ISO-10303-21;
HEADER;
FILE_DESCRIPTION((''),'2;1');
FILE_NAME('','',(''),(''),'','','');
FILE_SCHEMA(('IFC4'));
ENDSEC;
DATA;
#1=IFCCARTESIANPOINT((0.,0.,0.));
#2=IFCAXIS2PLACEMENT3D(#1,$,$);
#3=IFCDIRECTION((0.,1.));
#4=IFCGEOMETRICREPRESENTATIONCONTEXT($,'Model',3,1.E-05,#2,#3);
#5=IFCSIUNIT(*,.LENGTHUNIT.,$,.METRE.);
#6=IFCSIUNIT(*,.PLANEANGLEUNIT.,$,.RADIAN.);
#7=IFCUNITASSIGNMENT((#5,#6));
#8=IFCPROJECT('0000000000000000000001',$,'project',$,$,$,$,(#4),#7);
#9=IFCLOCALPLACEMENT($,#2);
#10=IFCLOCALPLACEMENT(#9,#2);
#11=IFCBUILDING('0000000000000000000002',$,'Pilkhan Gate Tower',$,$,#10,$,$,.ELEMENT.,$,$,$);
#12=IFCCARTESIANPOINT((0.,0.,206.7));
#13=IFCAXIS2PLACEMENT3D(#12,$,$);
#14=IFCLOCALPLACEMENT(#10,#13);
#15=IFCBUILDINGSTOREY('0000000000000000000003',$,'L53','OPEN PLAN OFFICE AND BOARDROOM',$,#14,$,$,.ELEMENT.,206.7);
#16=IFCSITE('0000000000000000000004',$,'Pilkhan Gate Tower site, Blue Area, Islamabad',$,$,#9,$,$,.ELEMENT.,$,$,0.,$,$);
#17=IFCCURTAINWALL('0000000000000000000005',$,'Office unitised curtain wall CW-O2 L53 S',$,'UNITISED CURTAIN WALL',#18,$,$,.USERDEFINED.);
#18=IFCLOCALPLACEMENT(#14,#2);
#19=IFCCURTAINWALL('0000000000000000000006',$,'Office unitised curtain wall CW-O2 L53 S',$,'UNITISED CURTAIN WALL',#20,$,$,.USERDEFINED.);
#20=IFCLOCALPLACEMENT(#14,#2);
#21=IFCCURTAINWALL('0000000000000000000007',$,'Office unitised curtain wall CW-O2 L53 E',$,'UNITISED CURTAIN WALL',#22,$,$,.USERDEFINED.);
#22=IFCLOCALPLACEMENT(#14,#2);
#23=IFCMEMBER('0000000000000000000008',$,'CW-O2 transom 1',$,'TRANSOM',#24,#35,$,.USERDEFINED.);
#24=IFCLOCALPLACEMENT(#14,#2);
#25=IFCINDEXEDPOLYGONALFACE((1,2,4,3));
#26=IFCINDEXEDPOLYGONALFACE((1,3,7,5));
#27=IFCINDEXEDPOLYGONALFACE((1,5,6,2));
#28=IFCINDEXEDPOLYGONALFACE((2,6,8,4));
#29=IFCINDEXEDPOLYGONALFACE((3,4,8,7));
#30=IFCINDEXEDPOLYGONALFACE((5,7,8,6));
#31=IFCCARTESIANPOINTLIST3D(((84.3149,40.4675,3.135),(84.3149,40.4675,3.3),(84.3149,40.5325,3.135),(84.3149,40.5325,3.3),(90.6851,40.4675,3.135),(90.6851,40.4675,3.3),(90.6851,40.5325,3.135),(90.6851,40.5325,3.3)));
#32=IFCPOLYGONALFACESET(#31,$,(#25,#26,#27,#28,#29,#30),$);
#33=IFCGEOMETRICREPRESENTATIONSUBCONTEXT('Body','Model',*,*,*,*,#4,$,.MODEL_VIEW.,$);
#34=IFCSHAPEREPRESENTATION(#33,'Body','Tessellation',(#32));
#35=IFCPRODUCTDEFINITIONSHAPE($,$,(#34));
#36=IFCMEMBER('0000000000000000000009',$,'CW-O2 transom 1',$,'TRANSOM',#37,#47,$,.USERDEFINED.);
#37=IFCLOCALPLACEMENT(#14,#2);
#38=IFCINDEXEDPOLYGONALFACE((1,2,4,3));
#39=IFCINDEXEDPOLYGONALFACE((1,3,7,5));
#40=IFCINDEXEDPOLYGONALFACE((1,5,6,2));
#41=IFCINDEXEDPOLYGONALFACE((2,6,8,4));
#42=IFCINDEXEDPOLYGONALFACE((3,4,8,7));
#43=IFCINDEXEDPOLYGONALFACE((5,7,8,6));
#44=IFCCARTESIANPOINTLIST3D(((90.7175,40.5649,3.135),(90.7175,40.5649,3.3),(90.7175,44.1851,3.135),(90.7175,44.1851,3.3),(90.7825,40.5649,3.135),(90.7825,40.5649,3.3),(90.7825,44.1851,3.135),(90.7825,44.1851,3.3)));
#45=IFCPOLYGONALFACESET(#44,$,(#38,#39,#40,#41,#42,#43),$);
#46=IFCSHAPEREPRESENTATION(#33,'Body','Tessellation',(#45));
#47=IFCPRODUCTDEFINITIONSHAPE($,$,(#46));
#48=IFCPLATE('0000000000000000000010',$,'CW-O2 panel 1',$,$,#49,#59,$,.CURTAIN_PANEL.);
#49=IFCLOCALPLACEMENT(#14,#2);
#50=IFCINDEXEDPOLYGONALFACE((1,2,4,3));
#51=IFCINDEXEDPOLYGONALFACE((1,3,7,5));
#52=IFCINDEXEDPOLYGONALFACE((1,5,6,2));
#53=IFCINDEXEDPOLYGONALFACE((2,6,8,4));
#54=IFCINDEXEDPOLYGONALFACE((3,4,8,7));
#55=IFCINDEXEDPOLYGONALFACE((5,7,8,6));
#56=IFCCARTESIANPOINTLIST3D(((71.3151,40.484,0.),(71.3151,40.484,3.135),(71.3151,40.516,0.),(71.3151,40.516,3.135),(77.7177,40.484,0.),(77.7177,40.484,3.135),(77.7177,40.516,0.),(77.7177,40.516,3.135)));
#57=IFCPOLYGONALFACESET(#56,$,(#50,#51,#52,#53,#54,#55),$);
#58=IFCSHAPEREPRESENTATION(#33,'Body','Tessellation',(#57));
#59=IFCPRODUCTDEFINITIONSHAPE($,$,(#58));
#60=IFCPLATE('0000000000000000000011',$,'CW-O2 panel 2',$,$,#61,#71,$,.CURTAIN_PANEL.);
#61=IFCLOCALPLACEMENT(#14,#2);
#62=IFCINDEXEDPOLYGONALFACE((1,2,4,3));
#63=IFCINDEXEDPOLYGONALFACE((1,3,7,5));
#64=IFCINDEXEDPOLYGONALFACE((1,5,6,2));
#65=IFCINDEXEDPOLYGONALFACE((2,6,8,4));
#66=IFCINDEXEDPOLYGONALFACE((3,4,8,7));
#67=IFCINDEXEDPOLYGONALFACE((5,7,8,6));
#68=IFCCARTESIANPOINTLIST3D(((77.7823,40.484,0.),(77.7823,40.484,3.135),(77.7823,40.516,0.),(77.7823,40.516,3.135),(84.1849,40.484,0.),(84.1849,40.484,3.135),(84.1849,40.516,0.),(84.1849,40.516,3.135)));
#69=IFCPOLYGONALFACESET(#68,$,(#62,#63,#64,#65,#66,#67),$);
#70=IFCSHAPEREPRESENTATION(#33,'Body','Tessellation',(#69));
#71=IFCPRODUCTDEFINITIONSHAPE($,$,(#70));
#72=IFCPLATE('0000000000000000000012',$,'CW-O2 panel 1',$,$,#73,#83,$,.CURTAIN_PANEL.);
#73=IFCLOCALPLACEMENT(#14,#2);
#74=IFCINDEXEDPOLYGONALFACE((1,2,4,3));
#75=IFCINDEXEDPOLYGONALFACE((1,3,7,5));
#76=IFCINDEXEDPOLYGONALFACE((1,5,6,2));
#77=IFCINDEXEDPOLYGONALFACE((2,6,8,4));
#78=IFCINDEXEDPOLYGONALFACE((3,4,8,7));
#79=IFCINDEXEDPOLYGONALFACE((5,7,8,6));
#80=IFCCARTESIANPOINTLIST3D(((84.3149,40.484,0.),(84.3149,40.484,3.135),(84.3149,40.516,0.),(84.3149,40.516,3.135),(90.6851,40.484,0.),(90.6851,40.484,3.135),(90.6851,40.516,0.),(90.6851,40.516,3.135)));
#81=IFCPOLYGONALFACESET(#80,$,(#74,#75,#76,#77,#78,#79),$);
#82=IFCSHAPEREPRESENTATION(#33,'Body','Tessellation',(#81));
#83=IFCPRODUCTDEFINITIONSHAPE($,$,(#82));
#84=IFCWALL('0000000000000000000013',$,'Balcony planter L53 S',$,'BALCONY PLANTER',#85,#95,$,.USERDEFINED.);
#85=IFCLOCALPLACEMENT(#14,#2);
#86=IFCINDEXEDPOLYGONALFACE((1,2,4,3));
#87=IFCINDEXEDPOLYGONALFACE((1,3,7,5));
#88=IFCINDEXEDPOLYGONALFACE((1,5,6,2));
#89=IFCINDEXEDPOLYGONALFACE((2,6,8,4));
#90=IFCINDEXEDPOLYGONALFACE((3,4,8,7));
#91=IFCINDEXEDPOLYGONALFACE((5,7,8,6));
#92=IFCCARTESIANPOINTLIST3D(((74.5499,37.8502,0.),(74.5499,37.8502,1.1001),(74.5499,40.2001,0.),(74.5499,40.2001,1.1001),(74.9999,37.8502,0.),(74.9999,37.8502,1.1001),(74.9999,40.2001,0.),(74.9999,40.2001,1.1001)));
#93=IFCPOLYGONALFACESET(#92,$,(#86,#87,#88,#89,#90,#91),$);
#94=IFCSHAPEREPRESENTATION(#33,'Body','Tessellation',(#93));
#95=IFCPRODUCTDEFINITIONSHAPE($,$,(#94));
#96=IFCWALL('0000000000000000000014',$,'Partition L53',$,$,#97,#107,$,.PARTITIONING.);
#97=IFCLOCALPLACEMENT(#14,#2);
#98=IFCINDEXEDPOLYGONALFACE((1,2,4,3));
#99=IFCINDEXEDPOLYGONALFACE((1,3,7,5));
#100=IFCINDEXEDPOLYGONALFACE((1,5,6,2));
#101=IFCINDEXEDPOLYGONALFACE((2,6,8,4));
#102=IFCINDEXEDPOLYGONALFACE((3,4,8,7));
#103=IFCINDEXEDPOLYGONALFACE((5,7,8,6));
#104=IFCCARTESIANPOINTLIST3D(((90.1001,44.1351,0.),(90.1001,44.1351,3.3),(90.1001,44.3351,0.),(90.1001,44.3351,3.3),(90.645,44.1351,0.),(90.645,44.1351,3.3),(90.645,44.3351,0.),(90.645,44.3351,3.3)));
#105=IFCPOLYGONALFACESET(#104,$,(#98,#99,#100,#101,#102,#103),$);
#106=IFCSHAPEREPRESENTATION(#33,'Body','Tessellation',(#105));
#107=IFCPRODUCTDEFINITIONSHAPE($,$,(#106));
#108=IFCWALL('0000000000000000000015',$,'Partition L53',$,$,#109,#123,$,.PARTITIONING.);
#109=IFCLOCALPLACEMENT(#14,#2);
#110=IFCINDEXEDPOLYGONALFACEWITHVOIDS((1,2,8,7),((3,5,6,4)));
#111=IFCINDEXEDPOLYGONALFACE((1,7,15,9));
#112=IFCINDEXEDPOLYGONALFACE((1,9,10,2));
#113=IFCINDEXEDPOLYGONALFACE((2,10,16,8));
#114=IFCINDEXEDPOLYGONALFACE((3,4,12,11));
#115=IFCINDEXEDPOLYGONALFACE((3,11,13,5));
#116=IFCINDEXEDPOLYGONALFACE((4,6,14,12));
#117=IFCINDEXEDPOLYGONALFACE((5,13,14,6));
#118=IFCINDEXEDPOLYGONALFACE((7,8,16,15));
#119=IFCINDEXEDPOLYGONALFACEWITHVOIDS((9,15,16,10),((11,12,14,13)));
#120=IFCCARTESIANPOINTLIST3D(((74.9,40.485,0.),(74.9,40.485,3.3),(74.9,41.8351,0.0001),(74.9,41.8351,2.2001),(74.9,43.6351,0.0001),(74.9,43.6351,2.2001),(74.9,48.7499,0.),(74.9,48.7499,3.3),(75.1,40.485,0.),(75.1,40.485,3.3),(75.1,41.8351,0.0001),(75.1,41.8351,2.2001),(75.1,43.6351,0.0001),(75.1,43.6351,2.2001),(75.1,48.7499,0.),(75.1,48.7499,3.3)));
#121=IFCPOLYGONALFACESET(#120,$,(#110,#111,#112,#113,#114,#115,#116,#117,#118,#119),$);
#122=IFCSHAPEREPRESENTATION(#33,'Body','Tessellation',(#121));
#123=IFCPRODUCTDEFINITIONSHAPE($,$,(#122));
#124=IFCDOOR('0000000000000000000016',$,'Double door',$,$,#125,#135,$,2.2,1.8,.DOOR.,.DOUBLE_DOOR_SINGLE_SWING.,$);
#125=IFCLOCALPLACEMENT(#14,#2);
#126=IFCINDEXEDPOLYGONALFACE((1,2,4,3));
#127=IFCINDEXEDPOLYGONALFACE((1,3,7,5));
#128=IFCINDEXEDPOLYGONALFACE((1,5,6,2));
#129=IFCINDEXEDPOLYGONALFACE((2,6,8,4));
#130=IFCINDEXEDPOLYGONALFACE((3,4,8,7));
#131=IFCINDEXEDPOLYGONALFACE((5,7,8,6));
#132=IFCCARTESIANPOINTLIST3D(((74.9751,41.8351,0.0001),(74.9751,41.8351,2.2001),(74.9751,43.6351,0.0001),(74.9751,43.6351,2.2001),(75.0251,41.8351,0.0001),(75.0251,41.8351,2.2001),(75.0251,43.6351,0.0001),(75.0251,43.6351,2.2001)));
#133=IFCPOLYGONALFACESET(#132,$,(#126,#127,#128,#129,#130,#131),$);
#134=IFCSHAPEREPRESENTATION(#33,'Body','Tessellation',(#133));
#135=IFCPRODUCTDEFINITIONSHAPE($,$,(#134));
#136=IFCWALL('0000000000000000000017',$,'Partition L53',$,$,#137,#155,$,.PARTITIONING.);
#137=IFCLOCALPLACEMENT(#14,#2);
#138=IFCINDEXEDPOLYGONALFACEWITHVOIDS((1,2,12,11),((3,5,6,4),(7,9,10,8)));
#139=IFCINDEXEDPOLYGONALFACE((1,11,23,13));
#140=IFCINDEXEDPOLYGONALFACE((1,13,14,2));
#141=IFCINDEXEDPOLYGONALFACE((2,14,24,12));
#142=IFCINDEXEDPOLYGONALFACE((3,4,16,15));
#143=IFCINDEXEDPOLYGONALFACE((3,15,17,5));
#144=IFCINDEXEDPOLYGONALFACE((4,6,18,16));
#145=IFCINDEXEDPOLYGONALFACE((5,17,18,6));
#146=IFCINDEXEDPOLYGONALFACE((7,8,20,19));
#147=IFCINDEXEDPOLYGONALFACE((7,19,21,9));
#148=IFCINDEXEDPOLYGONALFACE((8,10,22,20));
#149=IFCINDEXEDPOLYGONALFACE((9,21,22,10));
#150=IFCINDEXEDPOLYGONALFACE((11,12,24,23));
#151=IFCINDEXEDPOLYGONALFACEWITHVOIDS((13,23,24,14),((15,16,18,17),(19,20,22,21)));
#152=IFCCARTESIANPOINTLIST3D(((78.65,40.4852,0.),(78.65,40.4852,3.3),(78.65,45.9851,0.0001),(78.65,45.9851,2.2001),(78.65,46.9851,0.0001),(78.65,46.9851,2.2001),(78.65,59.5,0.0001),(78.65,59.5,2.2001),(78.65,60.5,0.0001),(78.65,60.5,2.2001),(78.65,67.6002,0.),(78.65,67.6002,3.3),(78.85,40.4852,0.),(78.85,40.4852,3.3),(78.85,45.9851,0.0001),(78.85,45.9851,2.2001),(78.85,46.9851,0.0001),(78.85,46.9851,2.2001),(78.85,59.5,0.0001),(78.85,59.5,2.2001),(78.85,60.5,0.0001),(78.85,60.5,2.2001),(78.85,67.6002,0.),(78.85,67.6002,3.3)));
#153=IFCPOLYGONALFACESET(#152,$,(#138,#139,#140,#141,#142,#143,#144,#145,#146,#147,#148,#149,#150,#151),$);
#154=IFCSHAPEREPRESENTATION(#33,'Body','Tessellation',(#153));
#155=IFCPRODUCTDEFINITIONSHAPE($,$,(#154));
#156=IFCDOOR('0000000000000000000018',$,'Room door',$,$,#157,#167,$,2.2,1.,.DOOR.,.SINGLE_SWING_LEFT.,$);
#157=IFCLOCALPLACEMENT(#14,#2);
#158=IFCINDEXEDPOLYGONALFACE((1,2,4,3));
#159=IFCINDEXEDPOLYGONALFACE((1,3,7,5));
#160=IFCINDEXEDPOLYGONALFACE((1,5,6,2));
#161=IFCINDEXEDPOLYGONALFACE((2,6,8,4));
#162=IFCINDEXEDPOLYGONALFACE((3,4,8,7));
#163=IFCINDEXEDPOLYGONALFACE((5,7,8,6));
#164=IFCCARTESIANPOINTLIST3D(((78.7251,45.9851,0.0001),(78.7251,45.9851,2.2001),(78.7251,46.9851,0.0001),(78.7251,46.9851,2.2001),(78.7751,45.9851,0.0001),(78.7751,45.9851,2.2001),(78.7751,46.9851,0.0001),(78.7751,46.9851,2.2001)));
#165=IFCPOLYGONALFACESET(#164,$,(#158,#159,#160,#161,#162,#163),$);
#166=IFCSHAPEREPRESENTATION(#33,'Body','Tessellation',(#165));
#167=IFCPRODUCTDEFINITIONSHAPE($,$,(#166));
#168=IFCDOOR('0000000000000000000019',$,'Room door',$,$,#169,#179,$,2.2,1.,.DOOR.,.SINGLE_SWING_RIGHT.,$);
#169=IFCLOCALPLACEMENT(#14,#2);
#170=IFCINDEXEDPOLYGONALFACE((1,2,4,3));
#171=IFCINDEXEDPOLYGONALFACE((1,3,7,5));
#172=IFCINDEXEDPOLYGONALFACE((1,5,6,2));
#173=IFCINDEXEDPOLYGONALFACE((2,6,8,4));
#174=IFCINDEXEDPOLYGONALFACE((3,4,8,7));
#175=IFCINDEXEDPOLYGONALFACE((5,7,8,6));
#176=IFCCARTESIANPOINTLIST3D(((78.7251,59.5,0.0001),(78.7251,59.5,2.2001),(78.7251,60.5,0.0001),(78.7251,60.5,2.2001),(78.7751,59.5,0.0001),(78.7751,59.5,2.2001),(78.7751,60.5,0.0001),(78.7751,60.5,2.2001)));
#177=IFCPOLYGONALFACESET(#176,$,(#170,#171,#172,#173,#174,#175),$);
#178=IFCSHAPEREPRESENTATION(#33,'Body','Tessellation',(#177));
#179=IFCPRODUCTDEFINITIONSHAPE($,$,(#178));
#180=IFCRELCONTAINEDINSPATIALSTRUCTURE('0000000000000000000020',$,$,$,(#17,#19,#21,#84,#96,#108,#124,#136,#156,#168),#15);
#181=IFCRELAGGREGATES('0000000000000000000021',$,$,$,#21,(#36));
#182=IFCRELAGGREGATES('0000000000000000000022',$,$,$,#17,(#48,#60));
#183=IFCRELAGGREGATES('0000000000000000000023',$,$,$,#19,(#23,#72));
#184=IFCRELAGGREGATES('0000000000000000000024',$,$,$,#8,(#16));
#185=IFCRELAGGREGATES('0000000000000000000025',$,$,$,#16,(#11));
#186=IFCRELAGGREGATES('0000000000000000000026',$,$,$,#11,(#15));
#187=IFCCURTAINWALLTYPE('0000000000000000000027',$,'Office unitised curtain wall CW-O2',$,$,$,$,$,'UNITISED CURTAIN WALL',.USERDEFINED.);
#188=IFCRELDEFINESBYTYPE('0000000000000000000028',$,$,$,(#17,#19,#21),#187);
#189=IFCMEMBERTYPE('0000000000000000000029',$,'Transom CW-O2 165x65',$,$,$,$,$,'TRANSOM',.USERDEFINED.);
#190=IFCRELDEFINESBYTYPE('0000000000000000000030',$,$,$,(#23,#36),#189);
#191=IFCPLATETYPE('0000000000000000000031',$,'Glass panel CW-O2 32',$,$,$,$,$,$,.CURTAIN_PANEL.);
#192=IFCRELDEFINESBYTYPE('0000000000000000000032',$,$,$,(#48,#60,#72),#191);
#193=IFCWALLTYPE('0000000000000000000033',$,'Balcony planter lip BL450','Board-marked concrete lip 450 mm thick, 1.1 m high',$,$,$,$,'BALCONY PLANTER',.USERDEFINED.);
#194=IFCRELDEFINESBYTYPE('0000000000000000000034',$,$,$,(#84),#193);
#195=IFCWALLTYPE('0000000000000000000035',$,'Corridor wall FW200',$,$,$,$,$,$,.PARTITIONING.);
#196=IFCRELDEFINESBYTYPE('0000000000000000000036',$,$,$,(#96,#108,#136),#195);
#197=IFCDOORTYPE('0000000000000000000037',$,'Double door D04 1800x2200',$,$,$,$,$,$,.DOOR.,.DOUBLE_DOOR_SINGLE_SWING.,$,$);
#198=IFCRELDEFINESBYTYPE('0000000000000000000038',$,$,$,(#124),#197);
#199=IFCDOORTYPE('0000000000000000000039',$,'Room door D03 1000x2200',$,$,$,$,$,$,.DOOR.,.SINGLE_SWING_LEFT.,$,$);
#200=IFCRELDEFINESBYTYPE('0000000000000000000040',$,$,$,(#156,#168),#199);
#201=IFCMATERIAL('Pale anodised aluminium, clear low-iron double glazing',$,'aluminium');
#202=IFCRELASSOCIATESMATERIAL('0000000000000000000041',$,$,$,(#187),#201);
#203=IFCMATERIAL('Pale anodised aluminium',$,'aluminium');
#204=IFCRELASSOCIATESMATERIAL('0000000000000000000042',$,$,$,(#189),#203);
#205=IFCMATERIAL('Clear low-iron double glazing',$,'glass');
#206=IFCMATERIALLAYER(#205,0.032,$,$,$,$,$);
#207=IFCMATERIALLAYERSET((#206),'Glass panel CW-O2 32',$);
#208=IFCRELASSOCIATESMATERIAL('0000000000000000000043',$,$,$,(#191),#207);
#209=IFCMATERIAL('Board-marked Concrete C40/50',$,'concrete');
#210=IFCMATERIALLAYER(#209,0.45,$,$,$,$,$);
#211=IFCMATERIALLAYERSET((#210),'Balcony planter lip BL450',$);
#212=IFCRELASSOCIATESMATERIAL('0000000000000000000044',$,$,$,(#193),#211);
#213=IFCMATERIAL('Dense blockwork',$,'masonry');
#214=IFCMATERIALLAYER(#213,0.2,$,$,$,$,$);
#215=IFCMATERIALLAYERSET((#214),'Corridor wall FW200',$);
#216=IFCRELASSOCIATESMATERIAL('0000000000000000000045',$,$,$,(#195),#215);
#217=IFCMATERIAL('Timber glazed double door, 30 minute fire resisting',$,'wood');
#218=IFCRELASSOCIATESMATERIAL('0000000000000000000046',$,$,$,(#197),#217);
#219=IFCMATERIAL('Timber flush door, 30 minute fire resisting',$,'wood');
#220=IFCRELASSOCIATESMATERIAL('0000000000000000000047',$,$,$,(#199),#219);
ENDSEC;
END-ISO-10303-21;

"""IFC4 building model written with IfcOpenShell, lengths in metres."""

from ifc_helpers import new_model, si_unit, direction, frame, frame_2d, origin, origin_2d, place, context, subcontext, project, spatial, rectangle, extrude, material, layer, layer_set, material_profile, profile_set, type_object, element, fill, aggregate, save


model = new_model("IFC4")

# Units and contexts
model_context = context("Model", 3, precision=1e-05, world=origin(), true_north=direction((0.0, 1.0)))
body_context = subcontext(model_context, "Body", "Model", "MODEL_VIEW")
ifc_project = project(units=[si_unit("LENGTHUNIT", "METRE"), si_unit("PLANEANGLEUNIT", "RADIAN")], contexts=[model_context])

# Site, building, storey
site_placement = place(None, origin())
site = spatial("IfcSite", under=ifc_project, at=site_placement, Name="Pilkhan Gate Tower site, Blue Area, Islamabad", CompositionType="ELEMENT", RefElevation=0.0)
building_placement = place(site_placement, origin())
building = spatial("IfcBuilding", under=site, at=building_placement, Name="Pilkhan Gate Tower", CompositionType="ELEMENT")
storey_placement = place(building_placement, frame((0.0, 0.0, 206.7)))
storey = spatial("IfcBuildingStorey", under=building, at=storey_placement, Name="L53", Description="OPEN PLAN OFFICE AND BOARDROOM", CompositionType="ELEMENT", Elevation=206.7)

# Curtain walls
ifc_material_1 = material(Name="Pale anodised aluminium, clear low-iron double glazing", Category="aluminium")
curtain_wall_type = type_object("IfcCurtainWallType", Name="Office unitised curtain wall CW-O2", ElementType="UNITISED CURTAIN WALL", PredefinedType="USERDEFINED", material=ifc_material_1)
curtain_wall_1_placement = place(storey_placement, origin())
curtain_wall_1 = element("IfcCurtainWall", 1, at=curtain_wall_1_placement, inside=storey, type_object=curtain_wall_type, Name="Office unitised curtain wall CW-O2 L53 S", ObjectType="UNITISED CURTAIN WALL", PredefinedType="USERDEFINED")
ifc_material_2 = material(Name="Pale anodised aluminium", Category="aluminium")
curtain_wall_2_placement = place(storey_placement, origin())
curtain_wall_2 = element("IfcCurtainWall", 2, at=curtain_wall_2_placement, inside=storey, type_object=curtain_wall_type, Name="Office unitised curtain wall CW-O2 L53 S", ObjectType="UNITISED CURTAIN WALL", PredefinedType="USERDEFINED")

# Curtain wall
curtain_wall_3_placement = place(storey_placement, origin())
curtain_wall_3 = element("IfcCurtainWall", 3, at=curtain_wall_3_placement, inside=storey, type_object=curtain_wall_type, Name="Office unitised curtain wall CW-O2 L53 E", ObjectType="UNITISED CURTAIN WALL", PredefinedType="USERDEFINED")

# Members
ifc_material_profile_1 = material_profile(ifc_material_2, rectangle(XDim=0.0649, YDim=0.165, at=origin_2d()), Name="Transom 165x65")
ifc_profile_set_1 = profile_set([ifc_material_profile_1], Name="Pale anodised aluminium")
member_type_1 = type_object("IfcMemberType", Name="Transom CW-O2 165x65", ElementType="TRANSOM", PredefinedType="USERDEFINED", material=ifc_profile_set_1)
member_1_placement = place(storey_placement, frame((84.3149, 40.5, 3.2175), z_axis=(1.0, 0.0, 0.0), x_axis=(0.0, 1.0, 0.0)))
member_1 = element("IfcMember", 4, at=member_1_placement, type_object=member_type_1, Name="CW-O2 transom 1", ObjectType="TRANSOM", PredefinedType="USERDEFINED", context=body_context, shape_type="SweptSolid", body=[
    extrude(rectangle(XDim=0.0649, YDim=0.165, at=origin_2d()), origin(), (0.0, 0.0, 1.0), 6.3701),
])
member_2_placement = place(storey_placement, frame((90.75, 40.5649, 3.2175), z_axis=(0.0, 1.0, 0.0), x_axis=(-1.0, 0.0, 0.0)))
member_2 = element("IfcMember", 5, at=member_2_placement, type_object=member_type_1, Name="CW-O2 transom 1", ObjectType="TRANSOM", PredefinedType="USERDEFINED", context=body_context, shape_type="SweptSolid", body=[
    extrude(rectangle(XDim=0.0649, YDim=0.165, at=origin_2d()), origin(), (0.0, 0.0, 1.0), 3.6201),
])
aggregate(curtain_wall_3, [member_2])

# Plates
ifc_material_3 = material(Name="Clear low-iron double glazing", Category="glass")
ifc_layer_1 = layer(ifc_material_3, 0.032)
ifc_layer_set_1 = layer_set([ifc_layer_1], Name="Glass panel CW-O2 32")
plate_type = type_object("IfcPlateType", Name="Glass panel CW-O2 32", PredefinedType="CURTAIN_PANEL", material=ifc_layer_set_1)
plate_1_placement = place(storey_placement, frame((74.5164, 40.5, 0.0), z_axis=(0.0, 0.0, 1.0), x_axis=(1.0, 0.0, 0.0)))
plate_1 = element("IfcPlate", 6, at=plate_1_placement, type_object=plate_type, Name="CW-O2 panel 1", PredefinedType="CURTAIN_PANEL", context=body_context, shape_type="SweptSolid", body=[
    extrude(rectangle(XDim=6.4026, YDim=0.032, at=origin_2d()), origin(), (0.0, 0.0, 1.0), 3.135),
])
plate_2_placement = place(storey_placement, frame((80.9836, 40.5, 0.0), z_axis=(0.0, 0.0, 1.0), x_axis=(1.0, 0.0, 0.0)))
plate_2 = element("IfcPlate", 7, at=plate_2_placement, type_object=plate_type, Name="CW-O2 panel 2", PredefinedType="CURTAIN_PANEL", context=body_context, shape_type="SweptSolid", body=[
    extrude(rectangle(XDim=6.4026, YDim=0.032, at=origin_2d()), origin(), (0.0, 0.0, 1.0), 3.135),
])
aggregate(curtain_wall_1, [plate_1, plate_2])
plate_3_placement = place(storey_placement, frame((87.5, 40.5, 0.0), z_axis=(0.0, 0.0, 1.0), x_axis=(1.0, 0.0, 0.0)))
plate_3 = element("IfcPlate", 8, at=plate_3_placement, type_object=plate_type, Name="CW-O2 panel 1", PredefinedType="CURTAIN_PANEL", context=body_context, shape_type="SweptSolid", body=[
    extrude(rectangle(XDim=6.3701, YDim=0.032, at=origin_2d()), origin(), (0.0, 0.0, 1.0), 3.135),
])
aggregate(curtain_wall_2, [member_1, plate_3])

# Walls
ifc_material_4 = material(Name="Board-marked Concrete C40/50", Category="concrete")
ifc_layer_2 = layer(ifc_material_4, 0.45)
ifc_layer_set_2 = layer_set([ifc_layer_2], Name="Balcony planter lip BL450")
wall_type_1 = type_object("IfcWallType", Name="Balcony planter lip BL450", Description="Board-marked concrete lip 450 mm thick, 1.1 m high", ElementType="BALCONY PLANTER", PredefinedType="USERDEFINED", material=ifc_layer_set_2)
wall_1_placement = place(storey_placement, frame((74.7749, 40.2, 0.0), z_axis=(0.0, 0.0, 1.0), x_axis=(0.0, -1.0, 0.0)))
element("IfcWall", 9, at=wall_1_placement, inside=storey, type_object=wall_type_1, Name="Balcony planter L53 S", ObjectType="BALCONY PLANTER", PredefinedType="USERDEFINED", context=body_context, shape_type="SweptSolid", body=[
    extrude(rectangle(XDim=2.3499, YDim=0.45, at=frame_2d((1.1748, 0.0))), origin(), (0.0, 0.0, 1.0), 1.1001),
])
ifc_material_5 = material(Name="Dense blockwork", Category="masonry")
ifc_layer_3 = layer(ifc_material_5, 0.2)
ifc_layer_set_3 = layer_set([ifc_layer_3], Name="Corridor wall FW200")
wall_type_2 = type_object("IfcWallType", Name="Corridor wall FW200", PredefinedType="PARTITIONING", material=ifc_layer_set_3)
wall_2_placement = place(storey_placement, frame((90.1001, 44.2351, 0.0), z_axis=(0.0, 0.0, 1.0), x_axis=(1.0, 0.0, 0.0)))
element("IfcWall", 10, at=wall_2_placement, inside=storey, type_object=wall_type_2, Name="Partition L53", PredefinedType="PARTITIONING", context=body_context, shape_type="SweptSolid", body=[
    extrude(rectangle(XDim=0.5449, YDim=0.2, at=frame_2d((0.2725, 0.0))), origin(), (0.0, 0.0, 1.0), 3.3),
])

# Wall, opening, door
wall_3_placement = place(storey_placement, frame((75.0, 40.4851, 0.0), z_axis=(0.0, 0.0, 1.0), x_axis=(0.0, 1.0, 0.0)))
wall_3 = element("IfcWall", 11, at=wall_3_placement, inside=storey, type_object=wall_type_2, Name="Partition L53", PredefinedType="PARTITIONING", context=body_context, shape_type="SweptSolid", body=[
    extrude(rectangle(XDim=8.2649, YDim=0.2, at=frame_2d((4.1323, 0.0))), origin(), (0.0, 0.0, 1.0), 3.3),
])
opening_1_placement = place(wall_3_placement, frame((1.3501, 0.0, 0.0)))
opening_1 = element("IfcOpeningElement", 12, at=opening_1_placement, cuts=wall_3, PredefinedType="OPENING", context=body_context, shape_type="SweptSolid", body=[
    extrude(rectangle(XDim=1.8, YDim=2.2, at=frame_2d((0.8999, 1.1001))), frame((0.0, 0.1099, 0.0), z_axis=(0.0, -1.0, 0.0), x_axis=(1.0, 0.0, 0.0)), (0.0, 0.0, 1.0), 0.22),
])
ifc_material_6 = material(Name="Timber glazed double door, 30 minute fire resisting", Category="wood")
door_type_1 = type_object("IfcDoorType", Name="Double door D04 1800x2200", OperationType="DOUBLE_DOOR_SINGLE_SWING", PredefinedType="DOOR", material=ifc_material_6)
door_1_placement = place(opening_1_placement, origin())
door_1 = element("IfcDoor", 13, at=door_1_placement, inside=storey, type_object=door_type_1, Name="Double door", OperationType="DOUBLE_DOOR_SINGLE_SWING", OverallHeight=2.2, OverallWidth=1.8, PredefinedType="DOOR", context=body_context, shape_type="SweptSolid", body=[
    extrude(rectangle(XDim=1.8, YDim=2.2, at=frame_2d((0.8999, 1.1001))), frame((0.0, 0.0249, 0.0), z_axis=(0.0, -1.0, 0.0), x_axis=(1.0, 0.0, 0.0)), (0.0, 0.0, 1.0), 0.05),
])
fill(opening_1, door_1)

# Wall, openings, doors
wall_4_placement = place(storey_placement, frame((78.75, 40.4851, 0.0), z_axis=(0.0, 0.0, 1.0), x_axis=(0.0, 1.0, 0.0)))
wall_4 = element("IfcWall", 14, at=wall_4_placement, inside=storey, type_object=wall_type_2, Name="Partition L53", PredefinedType="PARTITIONING", context=body_context, shape_type="SweptSolid", body=[
    extrude(rectangle(XDim=27.115, YDim=0.2, at=frame_2d((13.5576, 0.0))), origin(), (0.0, 0.0, 1.0), 3.3),
])
opening_2_placement = place(wall_4_placement, frame((5.5, 0.0, 0.0)))
opening_2 = element("IfcOpeningElement", 15, at=opening_2_placement, cuts=wall_4, PredefinedType="OPENING", context=body_context, shape_type="SweptSolid", body=[
    extrude(rectangle(XDim=1.0, YDim=2.2, at=frame_2d((0.5, 1.1001))), frame((0.0, 0.1099, 0.0), z_axis=(0.0, -1.0, 0.0), x_axis=(1.0, 0.0, 0.0)), (0.0, 0.0, 1.0), 0.22),
])
opening_3_placement = place(wall_4_placement, frame((19.0149, 0.0, 0.0)))
opening_3 = element("IfcOpeningElement", 16, at=opening_3_placement, cuts=wall_4, PredefinedType="OPENING", context=body_context, shape_type="SweptSolid", body=[
    extrude(rectangle(XDim=1.0, YDim=2.2, at=frame_2d((0.5, 1.1001))), frame((0.0, 0.1099, 0.0), z_axis=(0.0, -1.0, 0.0), x_axis=(1.0, 0.0, 0.0)), (0.0, 0.0, 1.0), 0.22),
])
ifc_material_7 = material(Name="Timber flush door, 30 minute fire resisting", Category="wood")
door_type_2 = type_object("IfcDoorType", Name="Room door D03 1000x2200", OperationType="SINGLE_SWING_LEFT", PredefinedType="DOOR", material=ifc_material_7)
door_2_placement = place(opening_2_placement, origin())
door_2 = element("IfcDoor", 17, at=door_2_placement, inside=storey, type_object=door_type_2, Name="Room door", OperationType="SINGLE_SWING_LEFT", OverallHeight=2.2, OverallWidth=1.0, PredefinedType="DOOR", context=body_context, shape_type="SweptSolid", body=[
    extrude(rectangle(XDim=1.0, YDim=2.2, at=frame_2d((0.5, 1.1001))), frame((0.0, 0.0249, 0.0), z_axis=(0.0, -1.0, 0.0), x_axis=(1.0, 0.0, 0.0)), (0.0, 0.0, 1.0), 0.05),
])
fill(opening_2, door_2)
door_3_placement = place(opening_3_placement, origin())
door_3 = element("IfcDoor", 18, at=door_3_placement, inside=storey, type_object=door_type_2, Name="Room door", OperationType="SINGLE_SWING_RIGHT", OverallHeight=2.2, OverallWidth=1.0, PredefinedType="DOOR", context=body_context, shape_type="SweptSolid", body=[
    extrude(rectangle(XDim=1.0, YDim=2.2, at=frame_2d((0.5, 1.1001))), frame((0.0, 0.0249, 0.0), z_axis=(0.0, -1.0, 0.0), x_axis=(1.0, 0.0, 0.0)), (0.0, 0.0, 1.0), 0.05),
])
fill(opening_3, door_3)

save(model, "model.ifc")
